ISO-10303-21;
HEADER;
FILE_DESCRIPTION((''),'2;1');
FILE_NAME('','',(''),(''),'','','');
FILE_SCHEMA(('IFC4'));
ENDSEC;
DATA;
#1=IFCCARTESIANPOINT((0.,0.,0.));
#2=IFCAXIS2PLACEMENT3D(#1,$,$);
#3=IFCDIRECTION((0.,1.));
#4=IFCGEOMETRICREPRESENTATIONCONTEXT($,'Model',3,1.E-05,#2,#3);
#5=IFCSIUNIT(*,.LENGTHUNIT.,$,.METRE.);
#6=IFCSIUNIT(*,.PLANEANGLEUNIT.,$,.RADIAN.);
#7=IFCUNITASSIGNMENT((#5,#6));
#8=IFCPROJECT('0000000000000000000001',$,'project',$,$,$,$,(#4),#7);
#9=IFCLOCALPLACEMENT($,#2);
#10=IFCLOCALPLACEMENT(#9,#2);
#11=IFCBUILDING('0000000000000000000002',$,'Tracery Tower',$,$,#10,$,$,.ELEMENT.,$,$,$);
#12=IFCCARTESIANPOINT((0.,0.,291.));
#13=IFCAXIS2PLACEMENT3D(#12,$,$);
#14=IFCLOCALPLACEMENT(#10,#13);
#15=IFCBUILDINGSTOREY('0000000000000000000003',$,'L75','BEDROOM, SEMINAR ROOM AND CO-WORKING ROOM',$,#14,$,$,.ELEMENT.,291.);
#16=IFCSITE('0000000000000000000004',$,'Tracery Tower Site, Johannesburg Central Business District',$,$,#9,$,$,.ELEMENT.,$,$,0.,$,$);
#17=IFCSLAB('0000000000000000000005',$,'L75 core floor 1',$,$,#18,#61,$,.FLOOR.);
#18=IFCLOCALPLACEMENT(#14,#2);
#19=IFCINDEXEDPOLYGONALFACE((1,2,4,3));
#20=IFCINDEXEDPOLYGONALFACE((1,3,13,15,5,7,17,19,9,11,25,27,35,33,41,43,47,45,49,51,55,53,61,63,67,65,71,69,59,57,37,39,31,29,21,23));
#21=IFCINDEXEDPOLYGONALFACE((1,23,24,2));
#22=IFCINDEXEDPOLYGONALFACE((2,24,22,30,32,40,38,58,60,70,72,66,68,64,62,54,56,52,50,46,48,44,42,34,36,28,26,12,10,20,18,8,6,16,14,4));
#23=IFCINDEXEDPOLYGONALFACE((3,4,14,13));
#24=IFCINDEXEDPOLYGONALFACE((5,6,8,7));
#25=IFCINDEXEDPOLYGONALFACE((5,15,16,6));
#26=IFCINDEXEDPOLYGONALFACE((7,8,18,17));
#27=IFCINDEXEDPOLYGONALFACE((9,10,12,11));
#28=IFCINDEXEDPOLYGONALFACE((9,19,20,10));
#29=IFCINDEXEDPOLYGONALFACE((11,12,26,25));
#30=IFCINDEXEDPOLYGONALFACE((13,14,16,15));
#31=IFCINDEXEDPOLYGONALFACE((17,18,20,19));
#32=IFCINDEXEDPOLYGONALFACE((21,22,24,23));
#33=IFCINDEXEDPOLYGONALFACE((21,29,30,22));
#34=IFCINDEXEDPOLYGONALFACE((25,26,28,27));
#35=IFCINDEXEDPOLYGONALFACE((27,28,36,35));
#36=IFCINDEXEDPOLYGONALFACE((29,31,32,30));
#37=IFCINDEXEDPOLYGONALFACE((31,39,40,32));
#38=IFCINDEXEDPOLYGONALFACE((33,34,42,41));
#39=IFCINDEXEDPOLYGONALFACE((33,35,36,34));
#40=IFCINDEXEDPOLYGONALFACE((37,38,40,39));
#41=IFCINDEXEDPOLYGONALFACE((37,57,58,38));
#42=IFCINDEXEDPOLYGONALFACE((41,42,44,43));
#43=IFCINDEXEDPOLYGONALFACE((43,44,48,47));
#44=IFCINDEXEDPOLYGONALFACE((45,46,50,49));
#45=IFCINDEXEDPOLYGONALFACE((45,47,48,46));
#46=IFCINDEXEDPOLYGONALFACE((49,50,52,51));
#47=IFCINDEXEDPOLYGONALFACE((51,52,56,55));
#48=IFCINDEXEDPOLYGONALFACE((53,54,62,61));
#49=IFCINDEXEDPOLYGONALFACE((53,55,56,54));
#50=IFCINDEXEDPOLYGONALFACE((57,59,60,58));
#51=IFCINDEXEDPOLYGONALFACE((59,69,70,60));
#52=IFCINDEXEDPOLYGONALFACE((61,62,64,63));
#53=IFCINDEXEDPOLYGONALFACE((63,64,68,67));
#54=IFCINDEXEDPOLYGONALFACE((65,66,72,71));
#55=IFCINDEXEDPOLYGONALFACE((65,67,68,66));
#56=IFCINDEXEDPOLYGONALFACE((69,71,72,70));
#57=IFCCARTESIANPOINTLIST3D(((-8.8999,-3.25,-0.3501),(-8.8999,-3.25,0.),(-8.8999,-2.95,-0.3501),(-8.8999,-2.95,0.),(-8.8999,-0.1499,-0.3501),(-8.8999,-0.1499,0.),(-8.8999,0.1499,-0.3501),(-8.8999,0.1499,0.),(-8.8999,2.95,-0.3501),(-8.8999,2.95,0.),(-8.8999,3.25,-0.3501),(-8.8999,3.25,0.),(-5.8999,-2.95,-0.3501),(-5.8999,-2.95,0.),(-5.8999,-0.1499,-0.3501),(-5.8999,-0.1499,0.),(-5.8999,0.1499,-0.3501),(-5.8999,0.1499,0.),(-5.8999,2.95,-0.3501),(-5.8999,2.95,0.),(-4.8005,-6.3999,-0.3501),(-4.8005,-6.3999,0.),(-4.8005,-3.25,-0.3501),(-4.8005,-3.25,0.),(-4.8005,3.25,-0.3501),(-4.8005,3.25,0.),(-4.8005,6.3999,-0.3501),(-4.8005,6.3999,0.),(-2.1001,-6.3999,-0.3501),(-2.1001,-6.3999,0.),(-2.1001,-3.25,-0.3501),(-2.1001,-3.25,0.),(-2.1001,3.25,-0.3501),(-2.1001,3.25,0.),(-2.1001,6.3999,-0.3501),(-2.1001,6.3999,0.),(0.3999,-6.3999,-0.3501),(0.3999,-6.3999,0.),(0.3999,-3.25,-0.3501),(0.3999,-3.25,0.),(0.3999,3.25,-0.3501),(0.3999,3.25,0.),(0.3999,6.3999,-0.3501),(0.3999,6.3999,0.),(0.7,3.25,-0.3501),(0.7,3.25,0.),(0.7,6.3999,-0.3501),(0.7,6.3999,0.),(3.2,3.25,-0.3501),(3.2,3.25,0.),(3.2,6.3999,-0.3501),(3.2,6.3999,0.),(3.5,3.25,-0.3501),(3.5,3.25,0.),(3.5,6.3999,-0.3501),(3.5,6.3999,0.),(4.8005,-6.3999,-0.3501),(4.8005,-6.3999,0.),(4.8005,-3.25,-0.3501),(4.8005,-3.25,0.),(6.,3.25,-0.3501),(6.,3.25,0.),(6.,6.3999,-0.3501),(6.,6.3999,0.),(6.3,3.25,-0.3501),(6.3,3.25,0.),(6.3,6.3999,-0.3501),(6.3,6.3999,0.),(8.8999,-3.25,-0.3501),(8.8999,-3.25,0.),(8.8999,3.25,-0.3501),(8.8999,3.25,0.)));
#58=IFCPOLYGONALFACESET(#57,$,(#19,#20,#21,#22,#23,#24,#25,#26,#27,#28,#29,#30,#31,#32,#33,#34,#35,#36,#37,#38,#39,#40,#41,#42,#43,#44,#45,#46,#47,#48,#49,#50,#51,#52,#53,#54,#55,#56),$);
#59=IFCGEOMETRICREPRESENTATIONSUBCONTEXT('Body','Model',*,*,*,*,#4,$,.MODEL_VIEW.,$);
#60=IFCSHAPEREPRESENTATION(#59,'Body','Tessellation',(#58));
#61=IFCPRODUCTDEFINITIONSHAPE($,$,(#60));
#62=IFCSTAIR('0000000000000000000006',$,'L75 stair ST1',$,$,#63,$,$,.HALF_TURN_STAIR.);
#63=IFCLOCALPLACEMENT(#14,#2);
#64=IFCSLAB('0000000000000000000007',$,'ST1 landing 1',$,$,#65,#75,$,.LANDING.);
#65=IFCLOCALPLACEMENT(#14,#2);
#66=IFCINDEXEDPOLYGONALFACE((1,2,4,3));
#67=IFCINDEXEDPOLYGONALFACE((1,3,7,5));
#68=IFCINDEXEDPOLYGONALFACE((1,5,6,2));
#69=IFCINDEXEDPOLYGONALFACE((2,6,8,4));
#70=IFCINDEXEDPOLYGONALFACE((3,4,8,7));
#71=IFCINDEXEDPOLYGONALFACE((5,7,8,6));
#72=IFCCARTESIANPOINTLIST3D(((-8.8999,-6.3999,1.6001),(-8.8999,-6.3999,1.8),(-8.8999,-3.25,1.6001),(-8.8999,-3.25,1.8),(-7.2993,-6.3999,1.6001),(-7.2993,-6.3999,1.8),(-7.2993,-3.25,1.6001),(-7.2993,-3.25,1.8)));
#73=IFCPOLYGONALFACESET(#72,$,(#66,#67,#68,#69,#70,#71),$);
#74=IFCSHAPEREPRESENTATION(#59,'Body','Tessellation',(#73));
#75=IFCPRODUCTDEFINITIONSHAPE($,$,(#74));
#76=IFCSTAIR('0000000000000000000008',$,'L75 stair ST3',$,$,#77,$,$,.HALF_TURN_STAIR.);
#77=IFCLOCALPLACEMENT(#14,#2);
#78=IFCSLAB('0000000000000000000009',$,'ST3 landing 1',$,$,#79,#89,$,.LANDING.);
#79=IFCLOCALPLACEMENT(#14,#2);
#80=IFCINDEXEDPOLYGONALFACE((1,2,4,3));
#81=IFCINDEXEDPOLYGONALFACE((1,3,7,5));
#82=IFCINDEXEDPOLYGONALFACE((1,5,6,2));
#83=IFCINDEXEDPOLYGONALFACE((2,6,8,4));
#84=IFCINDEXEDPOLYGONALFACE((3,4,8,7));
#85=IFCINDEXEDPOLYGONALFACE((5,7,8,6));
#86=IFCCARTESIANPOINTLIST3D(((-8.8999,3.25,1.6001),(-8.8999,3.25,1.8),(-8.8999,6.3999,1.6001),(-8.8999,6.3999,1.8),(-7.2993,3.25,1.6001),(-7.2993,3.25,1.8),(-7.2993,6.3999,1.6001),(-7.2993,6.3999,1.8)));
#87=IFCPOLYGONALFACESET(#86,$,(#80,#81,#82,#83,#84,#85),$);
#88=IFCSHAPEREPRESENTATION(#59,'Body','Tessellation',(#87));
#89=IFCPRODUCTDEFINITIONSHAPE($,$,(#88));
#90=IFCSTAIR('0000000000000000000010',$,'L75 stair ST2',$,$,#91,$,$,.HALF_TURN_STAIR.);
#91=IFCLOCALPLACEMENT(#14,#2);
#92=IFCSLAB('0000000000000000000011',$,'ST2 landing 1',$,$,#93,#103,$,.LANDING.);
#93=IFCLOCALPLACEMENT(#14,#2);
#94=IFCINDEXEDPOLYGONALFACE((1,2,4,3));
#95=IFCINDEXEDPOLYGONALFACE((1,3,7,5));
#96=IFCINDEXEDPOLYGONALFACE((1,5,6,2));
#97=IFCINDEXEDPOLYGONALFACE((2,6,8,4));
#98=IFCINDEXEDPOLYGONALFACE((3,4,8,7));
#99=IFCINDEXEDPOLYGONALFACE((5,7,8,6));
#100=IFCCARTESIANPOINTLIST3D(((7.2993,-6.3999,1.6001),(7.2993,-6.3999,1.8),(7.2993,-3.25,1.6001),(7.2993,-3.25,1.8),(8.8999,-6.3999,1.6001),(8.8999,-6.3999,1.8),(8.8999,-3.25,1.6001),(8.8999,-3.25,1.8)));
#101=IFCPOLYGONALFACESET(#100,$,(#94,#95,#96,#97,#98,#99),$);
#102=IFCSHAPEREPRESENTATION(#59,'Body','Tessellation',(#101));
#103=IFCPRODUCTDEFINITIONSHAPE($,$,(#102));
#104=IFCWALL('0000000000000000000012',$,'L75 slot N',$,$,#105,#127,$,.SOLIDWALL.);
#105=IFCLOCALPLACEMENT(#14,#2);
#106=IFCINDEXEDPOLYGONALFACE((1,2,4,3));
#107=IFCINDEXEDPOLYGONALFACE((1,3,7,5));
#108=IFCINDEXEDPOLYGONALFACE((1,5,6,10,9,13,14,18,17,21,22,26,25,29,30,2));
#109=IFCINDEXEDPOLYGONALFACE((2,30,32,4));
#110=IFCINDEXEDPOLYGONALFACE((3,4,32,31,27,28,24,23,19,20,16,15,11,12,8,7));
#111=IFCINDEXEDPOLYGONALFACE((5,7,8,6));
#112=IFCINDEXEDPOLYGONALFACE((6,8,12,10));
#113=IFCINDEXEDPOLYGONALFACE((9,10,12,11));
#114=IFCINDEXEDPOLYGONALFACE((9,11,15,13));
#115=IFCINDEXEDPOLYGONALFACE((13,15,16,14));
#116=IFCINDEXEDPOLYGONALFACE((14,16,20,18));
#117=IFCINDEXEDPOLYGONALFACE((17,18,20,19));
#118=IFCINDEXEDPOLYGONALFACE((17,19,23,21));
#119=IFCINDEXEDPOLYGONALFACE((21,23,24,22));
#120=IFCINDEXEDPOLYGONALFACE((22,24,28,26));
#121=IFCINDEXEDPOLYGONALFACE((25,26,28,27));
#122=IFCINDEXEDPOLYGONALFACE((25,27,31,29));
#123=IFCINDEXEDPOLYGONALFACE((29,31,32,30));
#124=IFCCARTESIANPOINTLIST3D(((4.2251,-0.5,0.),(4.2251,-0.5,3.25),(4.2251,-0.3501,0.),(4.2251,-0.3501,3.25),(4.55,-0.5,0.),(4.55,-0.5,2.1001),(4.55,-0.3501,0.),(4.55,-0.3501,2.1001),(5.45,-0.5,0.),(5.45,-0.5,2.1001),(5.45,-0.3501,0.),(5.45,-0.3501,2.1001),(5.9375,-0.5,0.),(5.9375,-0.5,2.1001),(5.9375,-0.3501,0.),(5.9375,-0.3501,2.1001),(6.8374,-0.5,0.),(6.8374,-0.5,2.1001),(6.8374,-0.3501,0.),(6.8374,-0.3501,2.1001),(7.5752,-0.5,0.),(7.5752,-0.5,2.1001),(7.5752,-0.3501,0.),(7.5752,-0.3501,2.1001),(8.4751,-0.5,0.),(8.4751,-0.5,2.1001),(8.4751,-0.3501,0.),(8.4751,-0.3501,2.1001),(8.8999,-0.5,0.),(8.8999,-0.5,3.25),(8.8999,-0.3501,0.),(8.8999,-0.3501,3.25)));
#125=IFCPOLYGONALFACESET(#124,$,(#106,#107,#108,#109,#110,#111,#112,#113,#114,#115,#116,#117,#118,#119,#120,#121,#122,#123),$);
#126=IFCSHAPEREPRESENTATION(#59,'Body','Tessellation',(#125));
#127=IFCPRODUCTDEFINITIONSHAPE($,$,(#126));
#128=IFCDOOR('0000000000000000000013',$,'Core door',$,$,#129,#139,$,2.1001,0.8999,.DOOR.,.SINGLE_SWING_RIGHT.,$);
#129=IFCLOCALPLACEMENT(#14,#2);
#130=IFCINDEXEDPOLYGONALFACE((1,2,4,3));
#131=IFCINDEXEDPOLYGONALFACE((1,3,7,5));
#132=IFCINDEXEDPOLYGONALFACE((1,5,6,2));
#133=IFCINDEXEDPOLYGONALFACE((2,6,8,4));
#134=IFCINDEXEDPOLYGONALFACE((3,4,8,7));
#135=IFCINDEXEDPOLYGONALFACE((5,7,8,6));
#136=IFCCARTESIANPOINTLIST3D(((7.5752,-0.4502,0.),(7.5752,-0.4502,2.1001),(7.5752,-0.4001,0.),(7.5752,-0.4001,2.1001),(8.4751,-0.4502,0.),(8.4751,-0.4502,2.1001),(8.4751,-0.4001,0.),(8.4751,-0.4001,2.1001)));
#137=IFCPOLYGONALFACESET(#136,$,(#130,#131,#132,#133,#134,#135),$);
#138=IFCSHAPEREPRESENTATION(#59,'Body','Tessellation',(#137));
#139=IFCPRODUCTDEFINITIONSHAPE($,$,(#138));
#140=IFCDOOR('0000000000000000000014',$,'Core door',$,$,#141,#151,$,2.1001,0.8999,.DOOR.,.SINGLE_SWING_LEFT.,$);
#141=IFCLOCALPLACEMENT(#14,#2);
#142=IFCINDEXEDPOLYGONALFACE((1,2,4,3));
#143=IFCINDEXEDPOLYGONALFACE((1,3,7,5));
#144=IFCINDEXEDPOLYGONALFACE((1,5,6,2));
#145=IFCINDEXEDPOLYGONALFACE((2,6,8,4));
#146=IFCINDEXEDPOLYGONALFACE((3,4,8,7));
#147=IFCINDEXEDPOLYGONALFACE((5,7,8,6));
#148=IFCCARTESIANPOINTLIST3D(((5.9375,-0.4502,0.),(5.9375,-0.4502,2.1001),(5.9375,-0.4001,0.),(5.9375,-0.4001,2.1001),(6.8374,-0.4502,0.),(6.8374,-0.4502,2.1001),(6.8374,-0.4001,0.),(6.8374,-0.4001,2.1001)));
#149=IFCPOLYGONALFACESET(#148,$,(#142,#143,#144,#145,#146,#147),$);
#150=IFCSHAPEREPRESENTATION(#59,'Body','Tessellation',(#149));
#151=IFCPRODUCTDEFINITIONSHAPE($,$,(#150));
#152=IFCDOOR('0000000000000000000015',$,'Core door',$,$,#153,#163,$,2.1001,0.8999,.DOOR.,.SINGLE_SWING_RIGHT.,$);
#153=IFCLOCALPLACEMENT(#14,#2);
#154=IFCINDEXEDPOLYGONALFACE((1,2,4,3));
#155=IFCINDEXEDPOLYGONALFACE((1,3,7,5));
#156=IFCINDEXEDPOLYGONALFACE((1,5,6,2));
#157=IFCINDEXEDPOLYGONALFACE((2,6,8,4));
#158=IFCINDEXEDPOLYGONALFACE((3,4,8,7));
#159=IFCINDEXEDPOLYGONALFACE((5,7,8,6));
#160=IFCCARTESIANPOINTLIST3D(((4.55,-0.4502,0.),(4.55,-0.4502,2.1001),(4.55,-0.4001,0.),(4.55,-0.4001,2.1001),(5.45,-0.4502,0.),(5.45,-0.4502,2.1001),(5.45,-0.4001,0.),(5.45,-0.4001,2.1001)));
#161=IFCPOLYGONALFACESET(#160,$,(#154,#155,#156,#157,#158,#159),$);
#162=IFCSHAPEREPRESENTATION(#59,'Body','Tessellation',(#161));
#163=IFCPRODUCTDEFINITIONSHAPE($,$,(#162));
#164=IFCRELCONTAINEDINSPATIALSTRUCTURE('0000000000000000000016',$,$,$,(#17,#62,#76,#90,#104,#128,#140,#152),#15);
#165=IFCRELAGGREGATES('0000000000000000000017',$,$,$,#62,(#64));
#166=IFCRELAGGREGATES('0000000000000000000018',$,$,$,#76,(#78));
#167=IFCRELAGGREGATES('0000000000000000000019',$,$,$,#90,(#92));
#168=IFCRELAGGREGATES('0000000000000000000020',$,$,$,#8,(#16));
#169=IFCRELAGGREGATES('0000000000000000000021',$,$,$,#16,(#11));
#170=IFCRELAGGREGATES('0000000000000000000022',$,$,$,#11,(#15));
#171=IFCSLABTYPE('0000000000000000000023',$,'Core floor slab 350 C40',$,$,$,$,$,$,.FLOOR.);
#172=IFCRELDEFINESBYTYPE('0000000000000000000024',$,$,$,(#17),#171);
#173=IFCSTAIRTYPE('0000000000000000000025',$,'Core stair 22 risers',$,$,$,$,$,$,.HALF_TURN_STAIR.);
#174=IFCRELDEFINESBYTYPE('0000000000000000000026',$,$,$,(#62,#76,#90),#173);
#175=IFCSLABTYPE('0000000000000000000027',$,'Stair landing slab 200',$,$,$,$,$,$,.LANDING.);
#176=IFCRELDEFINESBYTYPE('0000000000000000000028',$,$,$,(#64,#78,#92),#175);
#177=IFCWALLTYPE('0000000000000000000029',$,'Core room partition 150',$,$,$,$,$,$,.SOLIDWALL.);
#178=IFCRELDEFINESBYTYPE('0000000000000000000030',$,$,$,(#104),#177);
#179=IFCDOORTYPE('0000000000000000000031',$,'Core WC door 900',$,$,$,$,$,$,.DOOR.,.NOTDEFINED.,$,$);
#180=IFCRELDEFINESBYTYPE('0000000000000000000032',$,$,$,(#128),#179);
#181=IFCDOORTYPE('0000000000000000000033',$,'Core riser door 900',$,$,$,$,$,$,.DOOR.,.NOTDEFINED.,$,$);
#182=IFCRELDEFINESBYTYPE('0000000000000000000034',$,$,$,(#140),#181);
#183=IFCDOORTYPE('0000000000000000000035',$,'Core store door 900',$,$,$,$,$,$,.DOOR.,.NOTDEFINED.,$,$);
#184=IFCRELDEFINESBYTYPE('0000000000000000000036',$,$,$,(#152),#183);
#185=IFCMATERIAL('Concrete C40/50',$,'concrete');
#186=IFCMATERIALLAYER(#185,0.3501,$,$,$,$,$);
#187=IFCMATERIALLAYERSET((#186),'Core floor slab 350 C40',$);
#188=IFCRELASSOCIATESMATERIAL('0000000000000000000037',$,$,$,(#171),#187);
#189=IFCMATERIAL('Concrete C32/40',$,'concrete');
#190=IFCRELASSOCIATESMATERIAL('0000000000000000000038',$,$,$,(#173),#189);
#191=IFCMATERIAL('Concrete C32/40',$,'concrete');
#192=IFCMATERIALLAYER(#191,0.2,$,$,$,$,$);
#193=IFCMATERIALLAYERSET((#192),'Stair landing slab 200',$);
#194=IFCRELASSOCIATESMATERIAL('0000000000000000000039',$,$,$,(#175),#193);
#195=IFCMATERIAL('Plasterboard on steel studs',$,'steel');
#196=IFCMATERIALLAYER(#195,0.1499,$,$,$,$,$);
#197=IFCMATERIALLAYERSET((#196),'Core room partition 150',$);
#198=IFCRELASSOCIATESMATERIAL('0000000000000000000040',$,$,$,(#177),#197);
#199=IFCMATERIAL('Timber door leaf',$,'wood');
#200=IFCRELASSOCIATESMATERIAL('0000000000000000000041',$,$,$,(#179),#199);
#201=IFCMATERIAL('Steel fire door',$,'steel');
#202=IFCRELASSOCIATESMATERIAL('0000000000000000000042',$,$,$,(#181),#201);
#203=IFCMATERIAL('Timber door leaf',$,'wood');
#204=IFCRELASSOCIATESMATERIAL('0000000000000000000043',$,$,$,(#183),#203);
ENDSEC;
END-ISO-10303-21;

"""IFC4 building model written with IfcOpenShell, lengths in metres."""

from ifc_helpers import new_model, si_unit, direction, frame, frame_2d, origin, place, context, subcontext, project, spatial, polyline, rectangle, outline, extrude, material, layer, layer_set, type_object, element, fill, aggregate, save


model = new_model("IFC4")

# Units and contexts
model_context = context("Model", 3, precision=1e-05, world=origin(), true_north=direction((0.0, 1.0)))
body_context = subcontext(model_context, "Body", "Model", "MODEL_VIEW")
ifc_project = project(units=[si_unit("LENGTHUNIT", "METRE"), si_unit("PLANEANGLEUNIT", "RADIAN")], contexts=[model_context])

# Site, building, storey
site_placement = place(None, origin())
site = spatial("IfcSite", under=ifc_project, at=site_placement, Name="Tracery Tower Site, Johannesburg Central Business District", CompositionType="ELEMENT", RefElevation=0.0)
building_placement = place(site_placement, origin())
building = spatial("IfcBuilding", under=site, at=building_placement, Name="Tracery Tower", CompositionType="ELEMENT")
storey_placement = place(building_placement, frame((0.0, 0.0, 291.0)))
storey = spatial("IfcBuildingStorey", under=building, at=storey_placement, Name="L75", Description="BEDROOM, SEMINAR ROOM AND CO-WORKING ROOM", CompositionType="ELEMENT", Elevation=291.0)

# Slab
ifc_material_1 = material(Name="Concrete C40/50", Category="concrete")
ifc_layer_1 = layer(ifc_material_1, 0.3501)
ifc_layer_set_1 = layer_set([ifc_layer_1], Name="Core floor slab 350 C40")
slab_type_1 = type_object("IfcSlabType", Name="Core floor slab 350 C40", PredefinedType="FLOOR", material=ifc_layer_set_1)
slab_1_placement = place(storey_placement, frame((0.0, 0.0, -0.3501)))
element("IfcSlab", 1, at=slab_1_placement, inside=storey, type_object=slab_type_1, Name="L75 core floor 1", PredefinedType="FLOOR", context=body_context, shape_type="SweptSolid", body=[
    extrude(outline(polyline([(-4.8005, -3.25), (-8.8999, -3.25), (-8.8999, -2.95), (-5.8999, -2.95), (-5.8999, -0.1499), (-8.8999, -0.1499), (-8.8999, 0.1499), (-5.8999, 0.1499), (-5.8999, 2.95), (-8.8999, 2.95), (-8.8999, 3.25), (-4.8005, 3.25), (-4.8005, 6.3999), (-2.1001, 6.3999), (-2.1001, 3.25), (0.3999, 3.25), (0.3999, 6.3999), (0.7, 6.3999), (0.7, 3.25), (3.2, 3.25), (3.2, 6.3999), (3.5, 6.3999), (3.5, 3.25), (6.0, 3.25), (6.0, 6.3999), (6.3, 6.3999), (6.3, 3.25), (8.8999, 3.25), (8.8999, -3.25), (4.8005, -3.25), (4.8005, -6.3999), (0.3999, -6.3999), (0.3999, -3.25), (-2.1001, -3.25), (-2.1001, -6.3999), (-4.8005, -6.3999), (-4.8005, -3.25)])), origin(), (0.0, 0.0, 1.0), 0.3501),
])

# Stairs, slabs
ifc_material_2 = material(Name="Concrete C32/40", Category="concrete")
stair_type = type_object("IfcStairType", Name="Core stair 22 risers", PredefinedType="HALF_TURN_STAIR", material=ifc_material_2)
stair_1_placement = place(storey_placement, origin())
stair_1 = element("IfcStair", 2, at=stair_1_placement, inside=storey, type_object=stair_type, Name="L75 stair ST1", PredefinedType="HALF_TURN_STAIR")
ifc_material_3 = material(Name="Concrete C32/40", Category="concrete")
ifc_layer_2 = layer(ifc_material_3, 0.2)
ifc_layer_set_2 = layer_set([ifc_layer_2], Name="Stair landing slab 200")
slab_type_2 = type_object("IfcSlabType", Name="Stair landing slab 200", PredefinedType="LANDING", material=ifc_layer_set_2)
slab_2_placement = place(storey_placement, frame((0.0, 0.0, 1.6001)))
slab_2 = element("IfcSlab", 3, at=slab_2_placement, type_object=slab_type_2, Name="ST1 landing 1", PredefinedType="LANDING", context=body_context, shape_type="SweptSolid", body=[
    extrude(outline(polyline([(-7.2993, -3.25), (-8.8999, -3.25), (-8.8999, -6.3999), (-7.2993, -6.3999), (-7.2993, -3.25)])), origin(), (0.0, 0.0, 1.0), 0.2),
])
aggregate(stair_1, [slab_2])
stair_2_placement = place(storey_placement, origin())
stair_2 = element("IfcStair", 4, at=stair_2_placement, inside=storey, type_object=stair_type, Name="L75 stair ST3", PredefinedType="HALF_TURN_STAIR")
slab_3_placement = place(storey_placement, frame((0.0, 0.0, 1.6001)))
slab_3 = element("IfcSlab", 5, at=slab_3_placement, type_object=slab_type_2, Name="ST3 landing 1", PredefinedType="LANDING", context=body_context, shape_type="SweptSolid", body=[
    extrude(outline(polyline([(-7.2993, 6.3999), (-8.8999, 6.3999), (-8.8999, 3.25), (-7.2993, 3.25), (-7.2993, 6.3999)])), origin(), (0.0, 0.0, 1.0), 0.2),
])
aggregate(stair_2, [slab_3])
stair_3_placement = place(storey_placement, origin())
stair_3 = element("IfcStair", 6, at=stair_3_placement, inside=storey, type_object=stair_type, Name="L75 stair ST2", PredefinedType="HALF_TURN_STAIR")
slab_4_placement = place(storey_placement, frame((0.0, 0.0, 1.6001)))
slab_4 = element("IfcSlab", 7, at=slab_4_placement, type_object=slab_type_2, Name="ST2 landing 1", PredefinedType="LANDING", context=body_context, shape_type="SweptSolid", body=[
    extrude(outline(polyline([(7.2993, -6.3999), (8.8999, -6.3999), (8.8999, -3.25), (7.2993, -3.25), (7.2993, -6.3999)])), origin(), (0.0, 0.0, 1.0), 0.2),
])
aggregate(stair_3, [slab_4])

# Wall, openings, doors
ifc_material_4 = material(Name="Plasterboard on steel studs", Category="steel")
ifc_layer_3 = layer(ifc_material_4, 0.1499)
ifc_layer_set_3 = layer_set([ifc_layer_3], Name="Core room partition 150")
wall_type_1 = type_object("IfcWallType", Name="Core room partition 150", PredefinedType="SOLIDWALL", material=ifc_layer_set_3)
wall_1_placement = place(storey_placement, frame((4.2251, -0.425, 0.0), z_axis=(0.0, 0.0, 1.0), x_axis=(1.0, 0.0, 0.0)))
wall_1 = element("IfcWall", 8, at=wall_1_placement, inside=storey, type_object=wall_type_1, Name="L75 slot N", PredefinedType="SOLIDWALL", context=body_context, shape_type="SweptSolid", body=[
    extrude(rectangle(XDim=4.6748, YDim=0.1499, at=frame_2d((2.3374, 0.0))), origin(), (0.0, 0.0, 1.0), 3.25),
])
opening_1_placement = place(wall_1_placement, frame((0.325, 0.0, 0.0)))
opening_1 = element("IfcOpeningElement", 9, at=opening_1_placement, cuts=wall_1, PredefinedType="OPENING", context=body_context, shape_type="SweptSolid", body=[
    extrude(rectangle(XDim=0.8999, YDim=2.1001, at=frame_2d((0.45, 1.05))), frame((0.0, 0.075, 0.0), z_axis=(0.0, -1.0, 0.0), x_axis=(1.0, 0.0, 0.0)), (0.0, 0.0, 1.0), 0.1499),
])
opening_2_placement = place(wall_1_placement, frame((1.7124, 0.0, 0.0)))
opening_2 = element("IfcOpeningElement", 10, at=opening_2_placement, cuts=wall_1, PredefinedType="OPENING", context=body_context, shape_type="SweptSolid", body=[
    extrude(rectangle(XDim=0.8999, YDim=2.1001, at=frame_2d((0.45, 1.05))), frame((0.0, 0.075, 0.0), z_axis=(0.0, -1.0, 0.0), x_axis=(1.0, 0.0, 0.0)), (0.0, 0.0, 1.0), 0.1499),
])
opening_3_placement = place(wall_1_placement, frame((3.3501, 0.0, 0.0)))
opening_3 = element("IfcOpeningElement", 11, at=opening_3_placement, cuts=wall_1, PredefinedType="OPENING", context=body_context, shape_type="SweptSolid", body=[
    extrude(rectangle(XDim=0.8999, YDim=2.1001, at=frame_2d((0.45, 1.05))), frame((0.0, 0.075, 0.0), z_axis=(0.0, -1.0, 0.0), x_axis=(1.0, 0.0, 0.0)), (0.0, 0.0, 1.0), 0.1499),
])
ifc_material_5 = material(Name="Timber door leaf", Category="wood")
door_type_1 = type_object("IfcDoorType", Name="Core WC door 900", OperationType="NOTDEFINED", PredefinedType="DOOR", material=ifc_material_5)
door_1_placement = place(opening_3_placement, origin())
door_1 = element("IfcDoor", 12, at=door_1_placement, inside=storey, type_object=door_type_1, Name="Core door", OperationType="SINGLE_SWING_RIGHT", OverallHeight=2.1001, OverallWidth=0.8999, PredefinedType="DOOR", context=body_context, shape_type="SweptSolid", body=[
    extrude(rectangle(XDim=0.8999, YDim=2.1001, at=frame_2d((0.45, 1.05))), frame((0.0, 0.0249, 0.0), z_axis=(0.0, -1.0, 0.0), x_axis=(1.0, 0.0, 0.0)), (0.0, 0.0, 1.0), 0.05),
])
fill(opening_3, door_1)
ifc_material_6 = material(Name="Steel fire door", Category="steel")
door_type_2 = type_object("IfcDoorType", Name="Core riser door 900", OperationType="NOTDEFINED", PredefinedType="DOOR", material=ifc_material_6)
door_2_placement = place(opening_2_placement, origin())
door_2 = element("IfcDoor", 13, at=door_2_placement, inside=storey, type_object=door_type_2, Name="Core door", OperationType="SINGLE_SWING_LEFT", OverallHeight=2.1001, OverallWidth=0.8999, PredefinedType="DOOR", context=body_context, shape_type="SweptSolid", body=[
    extrude(rectangle(XDim=0.8999, YDim=2.1001, at=frame_2d((0.45, 1.05))), frame((0.0, 0.0249, 0.0), z_axis=(0.0, -1.0, 0.0), x_axis=(1.0, 0.0, 0.0)), (0.0, 0.0, 1.0), 0.05),
])
fill(opening_2, door_2)
ifc_material_7 = material(Name="Timber door leaf", Category="wood")
door_type_3 = type_object("IfcDoorType", Name="Core store door 900", OperationType="NOTDEFINED", PredefinedType="DOOR", material=ifc_material_7)
door_3_placement = place(opening_1_placement, origin())
door_3 = element("IfcDoor", 14, at=door_3_placement, inside=storey, type_object=door_type_3, Name="Core door", OperationType="SINGLE_SWING_RIGHT", OverallHeight=2.1001, OverallWidth=0.8999, PredefinedType="DOOR", context=body_context, shape_type="SweptSolid", body=[
    extrude(rectangle(XDim=0.8999, YDim=2.1001, at=frame_2d((0.45, 1.05))), frame((0.0, 0.0249, 0.0), z_axis=(0.0, -1.0, 0.0), x_axis=(1.0, 0.0, 0.0)), (0.0, 0.0, 1.0), 0.05),
])
fill(opening_1, door_3)

save(model, "model.ifc")
